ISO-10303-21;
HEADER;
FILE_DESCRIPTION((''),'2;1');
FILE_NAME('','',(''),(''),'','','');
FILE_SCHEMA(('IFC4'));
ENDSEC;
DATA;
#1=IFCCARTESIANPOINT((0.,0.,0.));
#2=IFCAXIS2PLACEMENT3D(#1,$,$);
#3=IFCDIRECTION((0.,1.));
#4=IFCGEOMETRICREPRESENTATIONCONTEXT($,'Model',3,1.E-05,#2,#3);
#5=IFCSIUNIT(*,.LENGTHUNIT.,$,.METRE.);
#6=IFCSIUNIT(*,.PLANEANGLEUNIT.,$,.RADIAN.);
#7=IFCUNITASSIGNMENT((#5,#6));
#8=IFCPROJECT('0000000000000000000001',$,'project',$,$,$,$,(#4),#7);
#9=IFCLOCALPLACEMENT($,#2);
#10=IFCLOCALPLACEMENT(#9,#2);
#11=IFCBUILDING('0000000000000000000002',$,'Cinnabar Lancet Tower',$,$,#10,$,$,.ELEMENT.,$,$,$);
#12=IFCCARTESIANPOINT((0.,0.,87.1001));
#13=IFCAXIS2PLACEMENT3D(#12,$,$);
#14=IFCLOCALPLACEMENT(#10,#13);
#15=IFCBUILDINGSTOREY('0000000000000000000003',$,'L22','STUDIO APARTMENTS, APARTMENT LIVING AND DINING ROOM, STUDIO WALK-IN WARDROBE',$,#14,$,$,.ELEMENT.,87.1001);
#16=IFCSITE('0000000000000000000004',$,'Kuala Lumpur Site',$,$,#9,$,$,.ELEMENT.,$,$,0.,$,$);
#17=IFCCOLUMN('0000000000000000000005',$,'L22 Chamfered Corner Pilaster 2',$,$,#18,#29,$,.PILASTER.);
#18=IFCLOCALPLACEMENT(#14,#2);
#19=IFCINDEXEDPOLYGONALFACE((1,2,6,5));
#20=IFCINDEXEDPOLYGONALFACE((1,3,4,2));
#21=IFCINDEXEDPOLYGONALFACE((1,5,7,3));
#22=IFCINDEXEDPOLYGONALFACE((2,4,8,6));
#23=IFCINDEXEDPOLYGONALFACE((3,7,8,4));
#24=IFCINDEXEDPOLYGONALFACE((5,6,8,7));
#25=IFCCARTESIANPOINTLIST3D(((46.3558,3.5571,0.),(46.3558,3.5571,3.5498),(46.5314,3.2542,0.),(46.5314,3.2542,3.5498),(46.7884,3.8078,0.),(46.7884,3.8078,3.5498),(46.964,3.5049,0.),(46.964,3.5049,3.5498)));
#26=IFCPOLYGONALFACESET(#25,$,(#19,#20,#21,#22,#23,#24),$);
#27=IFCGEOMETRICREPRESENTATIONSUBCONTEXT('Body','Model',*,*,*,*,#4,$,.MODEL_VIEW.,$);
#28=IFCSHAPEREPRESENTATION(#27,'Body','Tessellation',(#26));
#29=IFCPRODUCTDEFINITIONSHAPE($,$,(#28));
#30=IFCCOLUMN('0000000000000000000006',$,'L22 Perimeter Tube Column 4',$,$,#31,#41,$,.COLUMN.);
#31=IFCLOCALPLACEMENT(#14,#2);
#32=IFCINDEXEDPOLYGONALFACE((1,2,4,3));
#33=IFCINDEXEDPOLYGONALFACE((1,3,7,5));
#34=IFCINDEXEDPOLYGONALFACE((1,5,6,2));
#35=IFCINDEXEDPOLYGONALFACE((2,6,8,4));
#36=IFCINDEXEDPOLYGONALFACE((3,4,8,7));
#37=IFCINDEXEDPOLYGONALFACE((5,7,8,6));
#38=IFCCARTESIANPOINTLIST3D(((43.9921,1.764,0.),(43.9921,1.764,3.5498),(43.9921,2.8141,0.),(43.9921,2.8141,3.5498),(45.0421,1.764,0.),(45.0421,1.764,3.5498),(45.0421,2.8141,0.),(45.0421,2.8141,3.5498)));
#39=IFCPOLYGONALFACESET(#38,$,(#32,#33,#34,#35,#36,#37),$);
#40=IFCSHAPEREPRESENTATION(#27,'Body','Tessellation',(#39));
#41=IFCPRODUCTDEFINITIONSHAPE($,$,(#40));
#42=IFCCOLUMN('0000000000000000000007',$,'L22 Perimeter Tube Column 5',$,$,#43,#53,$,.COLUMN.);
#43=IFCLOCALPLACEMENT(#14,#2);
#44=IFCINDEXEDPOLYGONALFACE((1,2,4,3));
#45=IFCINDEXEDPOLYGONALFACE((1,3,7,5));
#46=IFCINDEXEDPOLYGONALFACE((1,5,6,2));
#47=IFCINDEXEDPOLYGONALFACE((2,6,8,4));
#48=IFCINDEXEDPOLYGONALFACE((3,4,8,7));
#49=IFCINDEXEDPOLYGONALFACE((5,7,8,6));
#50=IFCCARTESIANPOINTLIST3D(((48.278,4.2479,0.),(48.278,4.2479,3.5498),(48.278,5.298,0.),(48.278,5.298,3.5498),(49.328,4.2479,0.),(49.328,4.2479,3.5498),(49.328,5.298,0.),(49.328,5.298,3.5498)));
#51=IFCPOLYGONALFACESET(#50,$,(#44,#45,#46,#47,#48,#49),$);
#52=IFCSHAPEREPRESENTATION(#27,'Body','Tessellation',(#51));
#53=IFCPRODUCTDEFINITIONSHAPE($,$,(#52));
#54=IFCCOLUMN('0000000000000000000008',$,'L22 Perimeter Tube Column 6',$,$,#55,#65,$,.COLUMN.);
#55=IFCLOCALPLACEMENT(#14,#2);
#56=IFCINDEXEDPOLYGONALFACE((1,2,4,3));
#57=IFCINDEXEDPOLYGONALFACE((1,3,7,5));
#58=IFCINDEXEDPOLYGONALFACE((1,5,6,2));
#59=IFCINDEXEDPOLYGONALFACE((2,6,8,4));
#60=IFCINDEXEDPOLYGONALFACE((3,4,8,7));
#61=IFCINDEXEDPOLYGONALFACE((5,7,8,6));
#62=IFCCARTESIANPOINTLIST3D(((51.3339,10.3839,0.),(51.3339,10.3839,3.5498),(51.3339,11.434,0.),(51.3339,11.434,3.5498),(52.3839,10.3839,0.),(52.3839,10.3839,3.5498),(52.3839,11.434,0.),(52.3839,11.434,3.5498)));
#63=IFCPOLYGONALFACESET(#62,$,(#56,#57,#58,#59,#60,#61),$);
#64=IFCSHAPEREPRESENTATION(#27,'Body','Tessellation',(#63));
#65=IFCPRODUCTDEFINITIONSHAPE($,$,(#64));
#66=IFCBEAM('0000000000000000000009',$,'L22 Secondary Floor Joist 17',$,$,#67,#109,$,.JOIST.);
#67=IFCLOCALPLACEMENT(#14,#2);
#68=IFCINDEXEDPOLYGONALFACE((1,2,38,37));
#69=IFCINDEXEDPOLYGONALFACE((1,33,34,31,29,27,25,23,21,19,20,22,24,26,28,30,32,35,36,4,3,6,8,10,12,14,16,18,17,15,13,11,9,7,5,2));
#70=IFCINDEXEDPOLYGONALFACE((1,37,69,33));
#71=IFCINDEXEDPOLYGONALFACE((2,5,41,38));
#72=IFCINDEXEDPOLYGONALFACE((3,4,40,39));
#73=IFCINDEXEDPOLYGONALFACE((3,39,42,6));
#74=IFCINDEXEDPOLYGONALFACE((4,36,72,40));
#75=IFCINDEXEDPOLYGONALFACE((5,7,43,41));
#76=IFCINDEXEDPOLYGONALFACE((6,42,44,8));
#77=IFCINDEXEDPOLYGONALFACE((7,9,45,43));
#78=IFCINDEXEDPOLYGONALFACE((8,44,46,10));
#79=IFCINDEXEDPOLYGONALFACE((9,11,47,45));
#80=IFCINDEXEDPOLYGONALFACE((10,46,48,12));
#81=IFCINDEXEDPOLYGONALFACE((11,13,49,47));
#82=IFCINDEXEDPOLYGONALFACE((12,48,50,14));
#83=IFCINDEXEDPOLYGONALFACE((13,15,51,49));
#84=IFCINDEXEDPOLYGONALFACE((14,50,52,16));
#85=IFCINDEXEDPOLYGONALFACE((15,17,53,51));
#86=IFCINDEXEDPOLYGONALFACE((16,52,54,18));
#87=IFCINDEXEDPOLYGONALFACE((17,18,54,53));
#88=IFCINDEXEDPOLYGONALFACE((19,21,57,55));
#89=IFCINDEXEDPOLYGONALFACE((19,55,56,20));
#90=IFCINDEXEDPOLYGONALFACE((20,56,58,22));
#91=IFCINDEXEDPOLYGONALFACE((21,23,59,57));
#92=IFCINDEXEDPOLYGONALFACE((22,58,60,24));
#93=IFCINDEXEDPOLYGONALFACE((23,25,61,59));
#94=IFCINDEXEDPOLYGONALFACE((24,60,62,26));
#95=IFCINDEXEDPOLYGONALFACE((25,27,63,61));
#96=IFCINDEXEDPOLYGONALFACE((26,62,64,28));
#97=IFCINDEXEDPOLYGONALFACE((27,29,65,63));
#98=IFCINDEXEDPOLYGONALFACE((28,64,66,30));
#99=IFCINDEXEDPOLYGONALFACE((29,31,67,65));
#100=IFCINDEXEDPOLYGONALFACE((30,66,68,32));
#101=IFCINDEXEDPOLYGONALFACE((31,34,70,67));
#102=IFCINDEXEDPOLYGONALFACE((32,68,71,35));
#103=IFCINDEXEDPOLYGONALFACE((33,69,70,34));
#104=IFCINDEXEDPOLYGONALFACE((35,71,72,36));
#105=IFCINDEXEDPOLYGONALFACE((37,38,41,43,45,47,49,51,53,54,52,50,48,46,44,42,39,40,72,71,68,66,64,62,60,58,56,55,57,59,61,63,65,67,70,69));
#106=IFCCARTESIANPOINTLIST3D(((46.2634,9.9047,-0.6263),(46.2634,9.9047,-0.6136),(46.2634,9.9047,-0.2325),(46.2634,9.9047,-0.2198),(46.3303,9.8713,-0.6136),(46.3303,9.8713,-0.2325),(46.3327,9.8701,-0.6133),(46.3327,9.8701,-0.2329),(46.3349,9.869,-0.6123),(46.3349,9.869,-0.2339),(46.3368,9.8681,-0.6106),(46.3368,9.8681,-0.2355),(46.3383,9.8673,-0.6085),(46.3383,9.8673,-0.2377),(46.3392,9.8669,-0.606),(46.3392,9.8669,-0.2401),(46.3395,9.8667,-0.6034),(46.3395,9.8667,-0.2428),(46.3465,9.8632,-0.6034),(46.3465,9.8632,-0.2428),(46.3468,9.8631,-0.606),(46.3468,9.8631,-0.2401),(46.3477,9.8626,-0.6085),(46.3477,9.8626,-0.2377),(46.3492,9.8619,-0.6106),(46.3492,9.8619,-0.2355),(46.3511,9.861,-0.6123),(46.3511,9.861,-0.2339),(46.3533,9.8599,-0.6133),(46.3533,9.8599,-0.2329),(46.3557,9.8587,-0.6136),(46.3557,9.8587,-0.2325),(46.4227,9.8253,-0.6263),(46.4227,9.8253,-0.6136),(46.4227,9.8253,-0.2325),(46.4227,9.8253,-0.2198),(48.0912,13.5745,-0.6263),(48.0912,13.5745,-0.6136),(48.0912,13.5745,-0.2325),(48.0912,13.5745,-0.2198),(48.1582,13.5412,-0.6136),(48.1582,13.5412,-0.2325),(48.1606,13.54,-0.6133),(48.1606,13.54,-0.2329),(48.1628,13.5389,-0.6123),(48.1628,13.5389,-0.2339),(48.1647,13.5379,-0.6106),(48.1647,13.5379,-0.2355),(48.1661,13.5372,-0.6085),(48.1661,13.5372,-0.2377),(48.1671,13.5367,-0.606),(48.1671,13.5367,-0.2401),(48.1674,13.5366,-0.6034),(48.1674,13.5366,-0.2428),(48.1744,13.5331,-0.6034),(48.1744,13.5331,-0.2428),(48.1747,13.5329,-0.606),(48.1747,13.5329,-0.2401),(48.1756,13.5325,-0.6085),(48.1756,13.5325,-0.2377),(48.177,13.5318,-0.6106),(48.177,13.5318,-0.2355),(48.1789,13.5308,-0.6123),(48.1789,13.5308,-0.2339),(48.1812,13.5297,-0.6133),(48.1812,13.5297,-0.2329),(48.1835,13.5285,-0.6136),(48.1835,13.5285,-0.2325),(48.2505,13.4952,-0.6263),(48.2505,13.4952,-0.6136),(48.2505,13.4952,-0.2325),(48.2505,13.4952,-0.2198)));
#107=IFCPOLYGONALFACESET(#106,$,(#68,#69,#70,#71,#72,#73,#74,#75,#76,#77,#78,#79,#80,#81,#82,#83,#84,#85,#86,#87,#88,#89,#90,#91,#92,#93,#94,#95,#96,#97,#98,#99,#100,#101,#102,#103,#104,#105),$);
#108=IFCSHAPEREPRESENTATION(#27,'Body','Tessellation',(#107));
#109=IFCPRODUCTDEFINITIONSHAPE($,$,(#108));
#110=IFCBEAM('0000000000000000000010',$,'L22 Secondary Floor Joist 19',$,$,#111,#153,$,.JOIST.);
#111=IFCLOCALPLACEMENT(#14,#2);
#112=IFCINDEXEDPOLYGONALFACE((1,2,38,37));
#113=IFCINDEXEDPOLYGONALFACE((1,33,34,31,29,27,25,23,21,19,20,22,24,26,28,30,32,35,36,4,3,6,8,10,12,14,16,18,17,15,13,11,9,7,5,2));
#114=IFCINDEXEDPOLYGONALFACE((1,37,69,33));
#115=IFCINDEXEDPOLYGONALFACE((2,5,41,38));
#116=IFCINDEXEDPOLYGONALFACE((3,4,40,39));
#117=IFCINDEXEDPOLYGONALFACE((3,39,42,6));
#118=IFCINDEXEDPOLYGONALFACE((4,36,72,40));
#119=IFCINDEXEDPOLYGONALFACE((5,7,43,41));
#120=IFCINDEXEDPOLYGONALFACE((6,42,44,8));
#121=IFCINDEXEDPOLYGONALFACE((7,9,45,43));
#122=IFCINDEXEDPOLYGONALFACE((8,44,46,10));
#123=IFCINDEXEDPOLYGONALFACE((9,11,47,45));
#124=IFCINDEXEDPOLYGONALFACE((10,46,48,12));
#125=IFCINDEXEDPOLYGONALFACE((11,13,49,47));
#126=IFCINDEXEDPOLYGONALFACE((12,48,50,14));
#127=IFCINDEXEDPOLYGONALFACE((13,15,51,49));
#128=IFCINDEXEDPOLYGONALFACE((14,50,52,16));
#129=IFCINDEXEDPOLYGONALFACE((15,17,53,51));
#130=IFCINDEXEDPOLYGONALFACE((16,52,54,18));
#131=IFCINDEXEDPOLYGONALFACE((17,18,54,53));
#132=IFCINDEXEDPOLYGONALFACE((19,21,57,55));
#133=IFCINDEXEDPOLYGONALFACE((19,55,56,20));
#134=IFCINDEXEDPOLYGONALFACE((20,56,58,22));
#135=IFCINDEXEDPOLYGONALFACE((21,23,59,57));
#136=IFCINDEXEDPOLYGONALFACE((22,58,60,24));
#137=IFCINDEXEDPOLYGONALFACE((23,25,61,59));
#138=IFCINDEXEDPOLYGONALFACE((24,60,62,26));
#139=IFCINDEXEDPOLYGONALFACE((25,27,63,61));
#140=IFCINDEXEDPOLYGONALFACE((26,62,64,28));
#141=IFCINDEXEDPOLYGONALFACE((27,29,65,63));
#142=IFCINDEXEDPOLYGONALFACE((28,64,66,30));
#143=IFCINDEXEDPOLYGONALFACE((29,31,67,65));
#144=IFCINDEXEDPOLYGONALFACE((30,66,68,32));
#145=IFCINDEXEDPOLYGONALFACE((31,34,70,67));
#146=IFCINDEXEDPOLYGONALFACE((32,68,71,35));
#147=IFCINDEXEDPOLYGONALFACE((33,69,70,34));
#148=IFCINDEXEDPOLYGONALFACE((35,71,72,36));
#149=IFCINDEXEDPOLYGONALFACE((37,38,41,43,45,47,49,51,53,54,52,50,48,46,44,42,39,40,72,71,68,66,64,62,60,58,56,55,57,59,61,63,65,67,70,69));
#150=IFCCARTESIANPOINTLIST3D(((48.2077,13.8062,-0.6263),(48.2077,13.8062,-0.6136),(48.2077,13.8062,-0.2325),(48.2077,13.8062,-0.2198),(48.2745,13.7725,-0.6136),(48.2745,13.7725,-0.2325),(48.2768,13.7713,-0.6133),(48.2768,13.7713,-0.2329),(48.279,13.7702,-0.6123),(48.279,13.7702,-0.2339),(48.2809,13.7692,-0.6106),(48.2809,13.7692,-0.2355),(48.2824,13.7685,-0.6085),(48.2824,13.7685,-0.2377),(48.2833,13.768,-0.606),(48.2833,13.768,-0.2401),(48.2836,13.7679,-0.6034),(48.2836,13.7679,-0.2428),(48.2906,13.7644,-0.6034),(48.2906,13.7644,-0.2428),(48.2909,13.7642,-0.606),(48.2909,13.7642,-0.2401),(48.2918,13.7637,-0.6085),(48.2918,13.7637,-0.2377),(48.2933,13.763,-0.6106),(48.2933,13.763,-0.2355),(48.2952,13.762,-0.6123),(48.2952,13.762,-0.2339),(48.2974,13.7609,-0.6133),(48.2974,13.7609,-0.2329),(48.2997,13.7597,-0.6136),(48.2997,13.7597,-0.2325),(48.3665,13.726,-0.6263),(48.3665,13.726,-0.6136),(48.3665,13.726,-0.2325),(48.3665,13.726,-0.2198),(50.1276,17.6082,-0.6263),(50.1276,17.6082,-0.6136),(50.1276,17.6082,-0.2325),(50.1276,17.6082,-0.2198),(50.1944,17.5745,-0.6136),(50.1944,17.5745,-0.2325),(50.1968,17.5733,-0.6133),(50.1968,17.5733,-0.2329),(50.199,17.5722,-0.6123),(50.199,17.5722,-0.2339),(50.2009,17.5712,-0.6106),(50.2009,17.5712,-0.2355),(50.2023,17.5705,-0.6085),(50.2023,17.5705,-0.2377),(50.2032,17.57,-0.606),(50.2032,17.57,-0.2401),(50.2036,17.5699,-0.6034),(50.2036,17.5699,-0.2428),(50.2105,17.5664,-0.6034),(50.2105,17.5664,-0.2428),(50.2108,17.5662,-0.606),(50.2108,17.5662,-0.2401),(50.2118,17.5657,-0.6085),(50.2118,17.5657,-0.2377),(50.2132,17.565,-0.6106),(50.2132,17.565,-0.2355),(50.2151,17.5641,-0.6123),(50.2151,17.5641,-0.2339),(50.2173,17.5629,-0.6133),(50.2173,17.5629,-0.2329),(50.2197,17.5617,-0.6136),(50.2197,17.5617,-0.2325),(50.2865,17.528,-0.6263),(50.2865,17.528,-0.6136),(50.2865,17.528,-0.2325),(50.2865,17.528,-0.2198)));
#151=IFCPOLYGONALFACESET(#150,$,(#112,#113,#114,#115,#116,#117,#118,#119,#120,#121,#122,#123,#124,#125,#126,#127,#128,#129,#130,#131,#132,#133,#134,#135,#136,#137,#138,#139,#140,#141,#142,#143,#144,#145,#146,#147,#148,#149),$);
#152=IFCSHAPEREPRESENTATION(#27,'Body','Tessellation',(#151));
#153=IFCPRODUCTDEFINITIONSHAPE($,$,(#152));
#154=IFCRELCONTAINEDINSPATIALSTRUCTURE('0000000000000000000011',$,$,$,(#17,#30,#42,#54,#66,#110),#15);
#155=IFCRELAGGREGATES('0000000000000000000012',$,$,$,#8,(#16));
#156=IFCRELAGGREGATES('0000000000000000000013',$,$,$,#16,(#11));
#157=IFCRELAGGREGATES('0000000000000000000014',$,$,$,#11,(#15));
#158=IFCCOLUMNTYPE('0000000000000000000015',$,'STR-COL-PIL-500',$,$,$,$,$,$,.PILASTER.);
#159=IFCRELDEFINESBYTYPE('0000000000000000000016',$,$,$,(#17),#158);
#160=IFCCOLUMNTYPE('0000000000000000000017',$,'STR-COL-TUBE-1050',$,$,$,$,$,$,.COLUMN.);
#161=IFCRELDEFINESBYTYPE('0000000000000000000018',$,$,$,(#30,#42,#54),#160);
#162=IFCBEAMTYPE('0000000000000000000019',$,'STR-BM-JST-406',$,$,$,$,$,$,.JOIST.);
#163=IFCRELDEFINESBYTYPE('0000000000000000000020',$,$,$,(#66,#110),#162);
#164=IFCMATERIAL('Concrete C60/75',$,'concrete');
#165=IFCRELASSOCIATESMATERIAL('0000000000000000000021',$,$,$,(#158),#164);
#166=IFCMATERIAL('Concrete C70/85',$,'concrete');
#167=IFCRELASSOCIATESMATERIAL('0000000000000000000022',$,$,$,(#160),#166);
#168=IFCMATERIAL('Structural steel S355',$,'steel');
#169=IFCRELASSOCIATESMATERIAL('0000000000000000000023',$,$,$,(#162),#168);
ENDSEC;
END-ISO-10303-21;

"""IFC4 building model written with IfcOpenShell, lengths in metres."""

from ifc_helpers import new_model, si_unit, direction, frame, origin, origin_2d, place, context, subcontext, project, spatial, rectangle, i_section, extrude, material, material_profile, profile_set, type_object, element, save


model = new_model("IFC4")

# Units and contexts
model_context = context("Model", 3, precision=1e-05, world=origin(), true_north=direction((0.0, 1.0)))
body_context = subcontext(model_context, "Body", "Model", "MODEL_VIEW")
ifc_project = project(units=[si_unit("LENGTHUNIT", "METRE"), si_unit("PLANEANGLEUNIT", "RADIAN")], contexts=[model_context])

# Site, building, storey
site_placement = place(None, origin())
site = spatial("IfcSite", under=ifc_project, at=site_placement, Name="Kuala Lumpur Site", CompositionType="ELEMENT", RefElevation=0.0)
building_placement = place(site_placement, origin())
building = spatial("IfcBuilding", under=site, at=building_placement, Name="Cinnabar Lancet Tower", CompositionType="ELEMENT")
storey_placement = place(building_placement, frame((0.0, 0.0, 87.1001)))
storey = spatial("IfcBuildingStorey", under=building, at=storey_placement, Name="L22", Description="STUDIO APARTMENTS, APARTMENT LIVING AND DINING ROOM, STUDIO WALK-IN WARDROBE", CompositionType="ELEMENT", Elevation=87.1001)

# Columns
ifc_material_1 = material(Name="Concrete C60/75", Category="concrete")
ifc_material_profile_1 = material_profile(ifc_material_1, rectangle(XDim=0.5, YDim=0.3501, at=origin_2d()), Name="RC-PIL 500x350")
ifc_profile_set_1 = profile_set([ifc_material_profile_1], Name="Concrete C60/75")
column_type_1 = type_object("IfcColumnType", Name="STR-COL-PIL-500", PredefinedType="PILASTER", material=ifc_profile_set_1)
column_placement = place(storey_placement, frame((46.6599, 3.531, 0.0), z_axis=(0.0, 0.0, 1.0), x_axis=(0.865195, 0.501435, 0.0)))
element("IfcColumn", 1, at=column_placement, inside=storey, type_object=column_type_1, Name="L22 Chamfered Corner Pilaster 2", PredefinedType="PILASTER", context=body_context, shape_type="SweptSolid", body=[
    extrude(rectangle(XDim=0.5, YDim=0.3501, at=origin_2d()), origin(), (0.0, 0.0, 1.0), 3.5498),
])
ifc_material_2 = material(Name="Concrete C70/85", Category="concrete")
ifc_material_profile_2 = material_profile(ifc_material_2, rectangle(XDim=1.05, YDim=1.05, at=origin_2d()), Name="RC-COL 1050x1050")
ifc_profile_set_2 = profile_set([ifc_material_profile_2], Name="Concrete C70/85")
column_type_2 = type_object("IfcColumnType", Name="STR-COL-TUBE-1050", PredefinedType="COLUMN", material=ifc_profile_set_2)
for number, where, z_axis, x_axis, name in (
    (2, (44.5171, 2.2891, 0.0), (0.0, 0.0, 1.0), (1.0, 0.0, 0.0), "L22 Perimeter Tube Column 4"),
    (3, (48.803, 4.7729, 0.0), (0.0, 0.0, 1.0), (1.0, 0.0, 0.0), "L22 Perimeter Tube Column 5"),
    (4, (51.8589, 10.9089, 0.0), (0.0, 0.0, 1.0), (1.0, 0.0, 0.0), "L22 Perimeter Tube Column 6"),
):
    element("IfcColumn", number, at=place(storey_placement, frame(where, z_axis=z_axis, x_axis=x_axis)), inside=storey, type_object=column_type_2, Name=name, PredefinedType="COLUMN", context=body_context, shape_type="SweptSolid", body=[
        extrude(rectangle(XDim=1.05, YDim=1.05, at=origin_2d()), origin(), (0.0, 0.0, 1.0), 3.5498),
    ])

# Beams
ifc_material_3 = material(Name="Structural steel S355", Category="steel")
ifc_material_profile_3 = material_profile(ifc_material_3, i_section(OverallWidth=0.178, OverallDepth=0.4065, WebThickness=0.0078, FlangeThickness=0.0127, FilletRadius=0.0103, at=origin_2d()), Name="UKB 406x178x60")
ifc_profile_set_3 = profile_set([ifc_material_profile_3], Name="Structural steel S355")
beam_type_1 = type_object("IfcBeamType", Name="STR-BM-JST-406", PredefinedType="JOIST", material=ifc_profile_set_3)
beam_1_placement = place(storey_placement, frame((46.343, 9.865, -0.4231), z_axis=(0.445832, 0.895117, 0.0), x_axis=(-0.895117, 0.445832, 0.0)))
element("IfcBeam", 5, at=beam_1_placement, inside=storey, type_object=beam_type_1, Name="L22 Secondary Floor Joist 17", PredefinedType="JOIST", context=body_context, shape_type="SweptSolid", body=[
    extrude(i_section(OverallWidth=0.178, OverallDepth=0.4065, WebThickness=0.0078, FlangeThickness=0.0127, FilletRadius=0.0103, at=origin_2d()), origin(), (0.0, 0.0, 1.0), 4.0999),
])
beam_2_placement = place(storey_placement, frame((48.2871, 13.7661, -0.4231), z_axis=(0.450764, 0.892643, 0.0), x_axis=(-0.892643, 0.450764, 0.0)))
element("IfcBeam", 6, at=beam_2_placement, inside=storey, type_object=beam_type_1, Name="L22 Secondary Floor Joist 19", PredefinedType="JOIST", context=body_context, shape_type="SweptSolid", body=[
    extrude(i_section(OverallWidth=0.178, OverallDepth=0.4065, WebThickness=0.0078, FlangeThickness=0.0127, FilletRadius=0.0103, at=origin_2d()), origin(), (0.0, 0.0, 1.0), 4.2593),
])

save(model, "model.ifc")
